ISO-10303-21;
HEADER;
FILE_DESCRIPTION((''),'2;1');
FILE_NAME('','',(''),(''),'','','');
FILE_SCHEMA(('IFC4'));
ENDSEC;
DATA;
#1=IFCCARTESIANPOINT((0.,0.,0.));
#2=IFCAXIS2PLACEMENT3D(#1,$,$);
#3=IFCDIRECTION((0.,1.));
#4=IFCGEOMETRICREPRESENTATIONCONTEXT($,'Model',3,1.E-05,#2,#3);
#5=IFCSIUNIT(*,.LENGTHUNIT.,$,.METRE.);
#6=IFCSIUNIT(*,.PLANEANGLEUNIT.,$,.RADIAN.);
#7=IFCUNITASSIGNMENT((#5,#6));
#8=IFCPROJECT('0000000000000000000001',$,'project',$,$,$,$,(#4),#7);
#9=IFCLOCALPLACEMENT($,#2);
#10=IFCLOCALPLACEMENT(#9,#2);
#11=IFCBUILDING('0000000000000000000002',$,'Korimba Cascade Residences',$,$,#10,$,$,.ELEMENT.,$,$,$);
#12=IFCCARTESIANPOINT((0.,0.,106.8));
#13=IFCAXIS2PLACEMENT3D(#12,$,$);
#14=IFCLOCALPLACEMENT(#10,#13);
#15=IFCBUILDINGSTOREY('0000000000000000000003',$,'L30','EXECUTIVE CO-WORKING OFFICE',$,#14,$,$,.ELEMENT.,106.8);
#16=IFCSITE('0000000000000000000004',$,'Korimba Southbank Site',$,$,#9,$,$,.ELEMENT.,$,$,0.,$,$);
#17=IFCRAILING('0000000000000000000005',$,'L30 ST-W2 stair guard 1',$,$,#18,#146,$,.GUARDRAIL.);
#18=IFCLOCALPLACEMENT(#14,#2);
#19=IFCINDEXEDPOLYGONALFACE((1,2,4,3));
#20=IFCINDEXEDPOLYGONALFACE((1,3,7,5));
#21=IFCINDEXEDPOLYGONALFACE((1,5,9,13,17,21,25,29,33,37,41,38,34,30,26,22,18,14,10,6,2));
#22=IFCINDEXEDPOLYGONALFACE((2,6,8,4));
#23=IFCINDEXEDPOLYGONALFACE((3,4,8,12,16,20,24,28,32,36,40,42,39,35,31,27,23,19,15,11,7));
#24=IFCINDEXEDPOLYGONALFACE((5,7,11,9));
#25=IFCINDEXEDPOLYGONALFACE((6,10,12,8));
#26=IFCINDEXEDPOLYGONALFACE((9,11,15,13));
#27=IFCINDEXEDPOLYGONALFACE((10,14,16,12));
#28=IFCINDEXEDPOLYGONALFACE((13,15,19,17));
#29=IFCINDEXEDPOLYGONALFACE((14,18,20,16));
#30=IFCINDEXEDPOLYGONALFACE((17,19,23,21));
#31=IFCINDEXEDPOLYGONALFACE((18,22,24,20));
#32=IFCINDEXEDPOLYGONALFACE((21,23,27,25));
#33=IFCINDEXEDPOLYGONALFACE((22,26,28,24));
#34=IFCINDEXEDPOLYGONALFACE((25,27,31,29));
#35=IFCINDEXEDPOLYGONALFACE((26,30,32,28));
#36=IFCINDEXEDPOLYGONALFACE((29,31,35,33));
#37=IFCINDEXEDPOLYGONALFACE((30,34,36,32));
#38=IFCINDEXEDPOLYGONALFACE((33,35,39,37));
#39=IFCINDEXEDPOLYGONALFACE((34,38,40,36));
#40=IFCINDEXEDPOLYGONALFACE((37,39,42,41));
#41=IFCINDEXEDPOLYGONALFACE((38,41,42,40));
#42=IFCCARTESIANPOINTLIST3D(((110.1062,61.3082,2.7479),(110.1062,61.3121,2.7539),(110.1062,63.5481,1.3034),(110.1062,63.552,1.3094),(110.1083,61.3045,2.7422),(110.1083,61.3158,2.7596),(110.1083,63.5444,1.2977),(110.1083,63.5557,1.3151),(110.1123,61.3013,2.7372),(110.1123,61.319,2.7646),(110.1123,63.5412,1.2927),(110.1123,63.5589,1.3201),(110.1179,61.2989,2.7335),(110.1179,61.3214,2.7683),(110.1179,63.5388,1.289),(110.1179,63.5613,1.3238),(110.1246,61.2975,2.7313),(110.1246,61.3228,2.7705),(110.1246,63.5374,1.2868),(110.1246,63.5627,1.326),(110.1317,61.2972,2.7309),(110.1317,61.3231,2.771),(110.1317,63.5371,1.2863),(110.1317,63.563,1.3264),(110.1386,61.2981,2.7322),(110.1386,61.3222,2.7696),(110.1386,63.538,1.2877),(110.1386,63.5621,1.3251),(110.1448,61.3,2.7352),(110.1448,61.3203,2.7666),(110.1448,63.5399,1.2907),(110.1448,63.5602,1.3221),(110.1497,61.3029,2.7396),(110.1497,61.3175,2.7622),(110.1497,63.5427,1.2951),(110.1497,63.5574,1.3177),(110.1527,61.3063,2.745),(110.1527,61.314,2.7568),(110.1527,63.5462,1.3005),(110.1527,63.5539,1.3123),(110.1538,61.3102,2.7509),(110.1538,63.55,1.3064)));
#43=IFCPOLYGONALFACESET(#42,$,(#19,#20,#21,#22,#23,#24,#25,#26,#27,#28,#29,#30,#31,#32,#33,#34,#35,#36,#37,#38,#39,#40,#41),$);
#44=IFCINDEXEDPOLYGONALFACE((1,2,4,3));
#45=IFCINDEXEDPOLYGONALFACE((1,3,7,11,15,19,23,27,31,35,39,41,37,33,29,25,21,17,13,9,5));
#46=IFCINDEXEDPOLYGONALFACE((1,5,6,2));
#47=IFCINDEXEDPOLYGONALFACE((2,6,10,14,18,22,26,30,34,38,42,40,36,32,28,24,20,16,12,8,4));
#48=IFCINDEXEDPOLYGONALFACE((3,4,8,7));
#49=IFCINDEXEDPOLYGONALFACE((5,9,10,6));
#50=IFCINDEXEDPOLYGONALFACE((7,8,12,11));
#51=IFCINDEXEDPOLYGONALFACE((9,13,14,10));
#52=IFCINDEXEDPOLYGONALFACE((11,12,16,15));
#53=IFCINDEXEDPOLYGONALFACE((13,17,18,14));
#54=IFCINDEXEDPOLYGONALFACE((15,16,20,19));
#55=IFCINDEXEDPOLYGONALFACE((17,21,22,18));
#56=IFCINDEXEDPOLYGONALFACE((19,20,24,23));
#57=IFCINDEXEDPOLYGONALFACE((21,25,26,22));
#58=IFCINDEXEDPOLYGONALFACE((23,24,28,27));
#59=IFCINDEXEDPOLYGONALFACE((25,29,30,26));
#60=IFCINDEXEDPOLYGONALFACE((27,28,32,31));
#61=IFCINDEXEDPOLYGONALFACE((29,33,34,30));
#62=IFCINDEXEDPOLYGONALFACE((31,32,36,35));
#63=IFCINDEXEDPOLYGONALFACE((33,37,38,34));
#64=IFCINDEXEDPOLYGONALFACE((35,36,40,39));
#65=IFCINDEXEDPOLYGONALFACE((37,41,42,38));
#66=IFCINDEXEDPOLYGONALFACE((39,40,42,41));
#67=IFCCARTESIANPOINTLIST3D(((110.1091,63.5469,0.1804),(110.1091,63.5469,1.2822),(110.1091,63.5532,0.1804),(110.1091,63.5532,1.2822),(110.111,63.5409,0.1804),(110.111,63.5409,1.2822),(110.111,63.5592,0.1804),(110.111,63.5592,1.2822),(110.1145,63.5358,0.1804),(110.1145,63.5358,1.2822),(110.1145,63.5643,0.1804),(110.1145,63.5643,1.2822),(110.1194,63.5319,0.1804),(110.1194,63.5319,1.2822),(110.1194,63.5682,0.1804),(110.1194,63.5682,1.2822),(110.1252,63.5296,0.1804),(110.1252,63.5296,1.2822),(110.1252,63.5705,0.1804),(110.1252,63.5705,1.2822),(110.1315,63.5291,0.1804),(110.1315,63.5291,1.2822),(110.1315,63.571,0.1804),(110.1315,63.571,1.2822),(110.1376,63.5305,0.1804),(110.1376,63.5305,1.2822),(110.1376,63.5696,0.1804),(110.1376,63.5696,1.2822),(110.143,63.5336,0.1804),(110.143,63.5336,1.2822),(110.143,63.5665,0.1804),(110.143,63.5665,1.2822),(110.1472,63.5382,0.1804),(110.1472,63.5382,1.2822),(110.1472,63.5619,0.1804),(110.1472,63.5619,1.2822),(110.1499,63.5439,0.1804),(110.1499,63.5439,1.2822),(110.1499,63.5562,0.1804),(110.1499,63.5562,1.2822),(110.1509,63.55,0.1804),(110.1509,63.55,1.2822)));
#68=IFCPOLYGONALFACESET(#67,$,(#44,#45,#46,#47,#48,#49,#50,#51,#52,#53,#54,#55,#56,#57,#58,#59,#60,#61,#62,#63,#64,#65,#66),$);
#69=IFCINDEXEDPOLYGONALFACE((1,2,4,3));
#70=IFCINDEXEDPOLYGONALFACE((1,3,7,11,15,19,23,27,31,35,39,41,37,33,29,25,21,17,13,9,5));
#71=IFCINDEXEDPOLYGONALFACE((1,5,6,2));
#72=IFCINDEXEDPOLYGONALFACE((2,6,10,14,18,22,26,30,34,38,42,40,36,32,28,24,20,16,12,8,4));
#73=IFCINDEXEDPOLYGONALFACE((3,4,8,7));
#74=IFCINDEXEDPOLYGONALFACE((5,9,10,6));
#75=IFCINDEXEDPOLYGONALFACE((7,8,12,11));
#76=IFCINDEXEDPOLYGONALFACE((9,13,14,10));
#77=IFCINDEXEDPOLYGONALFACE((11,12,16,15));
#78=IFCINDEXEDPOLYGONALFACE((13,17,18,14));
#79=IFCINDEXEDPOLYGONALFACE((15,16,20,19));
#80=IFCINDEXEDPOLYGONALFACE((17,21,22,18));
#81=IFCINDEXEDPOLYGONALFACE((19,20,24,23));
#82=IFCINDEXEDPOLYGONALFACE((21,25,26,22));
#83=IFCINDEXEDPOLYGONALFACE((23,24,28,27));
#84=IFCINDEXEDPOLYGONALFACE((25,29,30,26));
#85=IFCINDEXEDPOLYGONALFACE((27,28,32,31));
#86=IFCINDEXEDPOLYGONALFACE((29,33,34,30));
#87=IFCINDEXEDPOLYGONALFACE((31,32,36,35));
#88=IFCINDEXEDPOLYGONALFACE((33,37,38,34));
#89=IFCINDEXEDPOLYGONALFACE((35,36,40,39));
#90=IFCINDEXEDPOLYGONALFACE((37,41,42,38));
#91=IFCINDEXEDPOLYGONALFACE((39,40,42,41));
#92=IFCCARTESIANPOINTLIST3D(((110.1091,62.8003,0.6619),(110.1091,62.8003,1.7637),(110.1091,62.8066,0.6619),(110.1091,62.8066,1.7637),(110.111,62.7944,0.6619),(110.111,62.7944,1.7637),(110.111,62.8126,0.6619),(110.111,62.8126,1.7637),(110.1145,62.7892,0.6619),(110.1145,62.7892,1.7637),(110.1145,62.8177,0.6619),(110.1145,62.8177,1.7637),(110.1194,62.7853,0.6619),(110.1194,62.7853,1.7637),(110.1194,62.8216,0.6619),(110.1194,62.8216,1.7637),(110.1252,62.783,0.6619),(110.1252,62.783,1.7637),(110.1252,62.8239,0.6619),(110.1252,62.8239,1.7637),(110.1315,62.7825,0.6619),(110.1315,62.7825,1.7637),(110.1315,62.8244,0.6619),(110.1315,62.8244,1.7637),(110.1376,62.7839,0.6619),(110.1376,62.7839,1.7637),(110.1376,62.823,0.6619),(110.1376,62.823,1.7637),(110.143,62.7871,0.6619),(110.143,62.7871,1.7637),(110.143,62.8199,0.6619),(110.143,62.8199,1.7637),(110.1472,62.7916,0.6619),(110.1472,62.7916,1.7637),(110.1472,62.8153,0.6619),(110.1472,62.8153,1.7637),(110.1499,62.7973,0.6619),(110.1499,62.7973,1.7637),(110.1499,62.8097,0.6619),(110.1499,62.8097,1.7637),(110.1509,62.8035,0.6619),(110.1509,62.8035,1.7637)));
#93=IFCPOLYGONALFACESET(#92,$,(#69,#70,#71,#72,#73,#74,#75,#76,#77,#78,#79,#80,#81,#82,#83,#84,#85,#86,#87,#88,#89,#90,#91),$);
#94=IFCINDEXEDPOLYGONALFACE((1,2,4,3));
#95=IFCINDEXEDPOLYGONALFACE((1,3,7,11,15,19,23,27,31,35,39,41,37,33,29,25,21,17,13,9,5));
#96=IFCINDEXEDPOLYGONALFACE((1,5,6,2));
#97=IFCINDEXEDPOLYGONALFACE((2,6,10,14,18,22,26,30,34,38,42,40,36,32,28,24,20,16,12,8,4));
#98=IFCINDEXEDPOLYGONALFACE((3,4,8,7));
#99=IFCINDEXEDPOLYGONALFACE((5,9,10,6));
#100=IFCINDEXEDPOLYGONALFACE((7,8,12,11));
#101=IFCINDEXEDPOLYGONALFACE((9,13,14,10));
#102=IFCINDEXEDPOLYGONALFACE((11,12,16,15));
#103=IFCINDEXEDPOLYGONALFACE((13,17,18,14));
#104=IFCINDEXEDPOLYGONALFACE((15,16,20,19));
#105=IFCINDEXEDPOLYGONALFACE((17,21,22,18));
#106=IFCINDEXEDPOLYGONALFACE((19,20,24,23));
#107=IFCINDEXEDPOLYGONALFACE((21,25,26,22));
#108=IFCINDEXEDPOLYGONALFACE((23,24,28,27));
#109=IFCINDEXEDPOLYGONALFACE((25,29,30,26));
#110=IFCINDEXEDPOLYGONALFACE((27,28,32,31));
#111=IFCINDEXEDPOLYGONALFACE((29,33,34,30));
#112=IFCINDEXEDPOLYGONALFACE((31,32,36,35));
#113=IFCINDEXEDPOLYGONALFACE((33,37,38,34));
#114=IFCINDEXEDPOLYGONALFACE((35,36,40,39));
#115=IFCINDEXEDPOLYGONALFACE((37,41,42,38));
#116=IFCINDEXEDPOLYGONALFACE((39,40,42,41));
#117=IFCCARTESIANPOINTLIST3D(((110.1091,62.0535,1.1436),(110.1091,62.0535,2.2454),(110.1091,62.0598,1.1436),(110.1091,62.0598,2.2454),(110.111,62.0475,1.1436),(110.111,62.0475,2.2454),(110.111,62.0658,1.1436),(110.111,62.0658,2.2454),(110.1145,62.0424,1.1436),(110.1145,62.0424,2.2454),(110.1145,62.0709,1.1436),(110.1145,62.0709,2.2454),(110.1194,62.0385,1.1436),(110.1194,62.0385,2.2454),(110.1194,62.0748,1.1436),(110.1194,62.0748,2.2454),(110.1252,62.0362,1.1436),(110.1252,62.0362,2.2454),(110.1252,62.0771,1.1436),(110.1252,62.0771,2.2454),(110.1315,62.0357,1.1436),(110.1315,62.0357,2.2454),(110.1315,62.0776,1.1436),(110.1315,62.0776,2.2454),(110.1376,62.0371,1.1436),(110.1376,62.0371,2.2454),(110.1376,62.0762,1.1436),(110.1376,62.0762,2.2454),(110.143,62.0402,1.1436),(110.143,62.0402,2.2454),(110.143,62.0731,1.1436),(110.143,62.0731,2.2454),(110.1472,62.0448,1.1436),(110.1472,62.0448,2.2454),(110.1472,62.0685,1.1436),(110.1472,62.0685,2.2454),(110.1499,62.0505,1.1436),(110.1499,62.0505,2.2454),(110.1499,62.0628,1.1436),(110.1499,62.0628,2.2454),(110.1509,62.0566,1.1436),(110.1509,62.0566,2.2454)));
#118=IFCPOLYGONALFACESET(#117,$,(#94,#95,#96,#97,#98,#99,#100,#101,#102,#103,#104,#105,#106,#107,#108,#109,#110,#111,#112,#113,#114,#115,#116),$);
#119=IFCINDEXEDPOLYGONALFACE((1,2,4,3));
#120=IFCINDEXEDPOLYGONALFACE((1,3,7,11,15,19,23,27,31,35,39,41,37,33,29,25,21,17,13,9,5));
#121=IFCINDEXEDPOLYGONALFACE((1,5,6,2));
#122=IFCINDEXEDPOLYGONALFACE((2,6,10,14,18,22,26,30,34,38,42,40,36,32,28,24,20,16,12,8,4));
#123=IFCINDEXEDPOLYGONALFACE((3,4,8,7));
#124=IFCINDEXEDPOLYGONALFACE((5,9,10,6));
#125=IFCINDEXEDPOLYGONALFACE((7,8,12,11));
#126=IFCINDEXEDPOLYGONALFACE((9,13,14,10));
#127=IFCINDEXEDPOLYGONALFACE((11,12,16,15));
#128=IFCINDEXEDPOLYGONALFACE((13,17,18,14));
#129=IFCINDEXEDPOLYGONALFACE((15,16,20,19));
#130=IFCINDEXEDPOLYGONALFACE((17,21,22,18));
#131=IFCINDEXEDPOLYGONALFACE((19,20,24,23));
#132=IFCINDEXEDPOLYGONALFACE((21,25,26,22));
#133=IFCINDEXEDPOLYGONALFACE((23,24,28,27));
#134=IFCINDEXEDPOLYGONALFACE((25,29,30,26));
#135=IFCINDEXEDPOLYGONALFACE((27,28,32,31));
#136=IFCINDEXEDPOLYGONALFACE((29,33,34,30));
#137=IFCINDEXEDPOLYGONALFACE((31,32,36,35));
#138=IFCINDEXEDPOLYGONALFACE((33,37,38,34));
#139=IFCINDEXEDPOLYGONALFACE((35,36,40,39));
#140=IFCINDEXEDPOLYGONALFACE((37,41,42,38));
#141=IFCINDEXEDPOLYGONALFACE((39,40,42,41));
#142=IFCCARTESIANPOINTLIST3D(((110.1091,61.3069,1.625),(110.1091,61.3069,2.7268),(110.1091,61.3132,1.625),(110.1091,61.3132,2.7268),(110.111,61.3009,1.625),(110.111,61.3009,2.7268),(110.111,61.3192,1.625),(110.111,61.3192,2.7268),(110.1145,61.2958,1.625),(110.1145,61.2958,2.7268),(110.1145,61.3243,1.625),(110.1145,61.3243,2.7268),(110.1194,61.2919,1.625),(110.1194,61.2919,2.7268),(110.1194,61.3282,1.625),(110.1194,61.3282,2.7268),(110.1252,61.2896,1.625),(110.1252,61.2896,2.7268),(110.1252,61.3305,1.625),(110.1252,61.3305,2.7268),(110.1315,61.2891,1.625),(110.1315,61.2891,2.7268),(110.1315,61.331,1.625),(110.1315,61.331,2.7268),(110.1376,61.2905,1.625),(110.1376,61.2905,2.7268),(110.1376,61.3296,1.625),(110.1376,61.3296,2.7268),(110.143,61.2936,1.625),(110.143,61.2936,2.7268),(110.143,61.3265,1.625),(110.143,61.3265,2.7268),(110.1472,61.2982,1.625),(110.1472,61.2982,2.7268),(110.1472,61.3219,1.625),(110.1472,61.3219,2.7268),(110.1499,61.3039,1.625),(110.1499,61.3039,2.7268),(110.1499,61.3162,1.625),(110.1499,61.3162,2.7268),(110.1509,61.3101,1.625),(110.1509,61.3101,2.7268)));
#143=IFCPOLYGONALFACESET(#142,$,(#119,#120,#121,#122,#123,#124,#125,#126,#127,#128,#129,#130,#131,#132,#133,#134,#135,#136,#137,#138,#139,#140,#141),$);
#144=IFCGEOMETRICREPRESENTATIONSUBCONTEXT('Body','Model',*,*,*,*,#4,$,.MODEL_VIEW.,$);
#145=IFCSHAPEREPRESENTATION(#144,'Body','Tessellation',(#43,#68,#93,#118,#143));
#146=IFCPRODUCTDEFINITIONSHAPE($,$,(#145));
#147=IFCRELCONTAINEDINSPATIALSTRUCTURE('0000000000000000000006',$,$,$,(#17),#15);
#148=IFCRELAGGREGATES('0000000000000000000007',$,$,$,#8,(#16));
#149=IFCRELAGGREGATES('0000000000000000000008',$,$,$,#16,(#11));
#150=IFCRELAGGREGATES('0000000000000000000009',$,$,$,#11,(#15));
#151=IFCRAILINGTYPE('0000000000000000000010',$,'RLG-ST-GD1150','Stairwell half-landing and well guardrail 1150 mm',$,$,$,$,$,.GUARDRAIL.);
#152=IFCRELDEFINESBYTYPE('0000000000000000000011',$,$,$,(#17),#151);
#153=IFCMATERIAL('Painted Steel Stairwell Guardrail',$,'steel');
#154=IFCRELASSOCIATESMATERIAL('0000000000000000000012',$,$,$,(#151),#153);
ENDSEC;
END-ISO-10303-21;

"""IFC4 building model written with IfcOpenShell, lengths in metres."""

from ifc_helpers import new_model, si_unit, direction, frame, origin, origin_2d, place, context, subcontext, project, spatial, circle, extrude, material, type_object, element, save


model = new_model("IFC4")

# Units and contexts
model_context = context("Model", 3, precision=1e-05, world=origin(), true_north=direction((0.0, 1.0)))
body_context = subcontext(model_context, "Body", "Model", "MODEL_VIEW")
ifc_project = project(units=[si_unit("LENGTHUNIT", "METRE"), si_unit("PLANEANGLEUNIT", "RADIAN")], contexts=[model_context])

# Site, building, storey
site_placement = place(None, origin())
site = spatial("IfcSite", under=ifc_project, at=site_placement, Name="Korimba Southbank Site", CompositionType="ELEMENT", RefElevation=0.0)
building_placement = place(site_placement, origin())
building = spatial("IfcBuilding", under=site, at=building_placement, Name="Korimba Cascade Residences", CompositionType="ELEMENT")
storey_placement = place(building_placement, frame((0.0, 0.0, 106.8)))
storey = spatial("IfcBuildingStorey", under=building, at=storey_placement, Name="L30", Description="EXECUTIVE CO-WORKING OFFICE", CompositionType="ELEMENT", Elevation=106.8)

# Railing
ifc_material_1 = material(Name="Painted Steel Stairwell Guardrail", Category="steel")
railing_type_1 = type_object("IfcRailingType", Name="RLG-ST-GD1150", Description="Stairwell half-landing and well guardrail 1150 mm", PredefinedType="GUARDRAIL", material=ifc_material_1)
railing_1_placement = place(storey_placement, frame((110.1299, 63.55, 0.1804)))
element("IfcRailing", 1, at=railing_1_placement, inside=storey, type_object=railing_type_1, Name="L30 ST-W2 stair guard 1", PredefinedType="GUARDRAIL", context=body_context, shape_type="SweptSolid", body=[
    extrude(circle(Radius=0.0239, at=origin_2d()), frame((0.0, 0.0, 1.126), z_axis=(0.0, -0.840395, 0.541975), x_axis=(1.0, 0.0, 0.0)), (0.0, 0.0, 1.0), 2.6653),
    extrude(circle(Radius=0.021, at=origin_2d()), origin(), (0.0, 0.0, 1.0), 1.1018),
    extrude(circle(Radius=0.021, at=origin_2d()), frame((0.0, -0.7466, 0.4814)), (0.0, 0.0, 1.0), 1.1018),
    extrude(circle(Radius=0.021, at=origin_2d()), frame((0.0, -1.4934, 0.9631)), (0.0, 0.0, 1.0), 1.1018),
    extrude(circle(Radius=0.021, at=origin_2d()), frame((0.0, -2.24, 1.4446)), (0.0, 0.0, 1.0), 1.1018),
])

save(model, "model.ifc")
